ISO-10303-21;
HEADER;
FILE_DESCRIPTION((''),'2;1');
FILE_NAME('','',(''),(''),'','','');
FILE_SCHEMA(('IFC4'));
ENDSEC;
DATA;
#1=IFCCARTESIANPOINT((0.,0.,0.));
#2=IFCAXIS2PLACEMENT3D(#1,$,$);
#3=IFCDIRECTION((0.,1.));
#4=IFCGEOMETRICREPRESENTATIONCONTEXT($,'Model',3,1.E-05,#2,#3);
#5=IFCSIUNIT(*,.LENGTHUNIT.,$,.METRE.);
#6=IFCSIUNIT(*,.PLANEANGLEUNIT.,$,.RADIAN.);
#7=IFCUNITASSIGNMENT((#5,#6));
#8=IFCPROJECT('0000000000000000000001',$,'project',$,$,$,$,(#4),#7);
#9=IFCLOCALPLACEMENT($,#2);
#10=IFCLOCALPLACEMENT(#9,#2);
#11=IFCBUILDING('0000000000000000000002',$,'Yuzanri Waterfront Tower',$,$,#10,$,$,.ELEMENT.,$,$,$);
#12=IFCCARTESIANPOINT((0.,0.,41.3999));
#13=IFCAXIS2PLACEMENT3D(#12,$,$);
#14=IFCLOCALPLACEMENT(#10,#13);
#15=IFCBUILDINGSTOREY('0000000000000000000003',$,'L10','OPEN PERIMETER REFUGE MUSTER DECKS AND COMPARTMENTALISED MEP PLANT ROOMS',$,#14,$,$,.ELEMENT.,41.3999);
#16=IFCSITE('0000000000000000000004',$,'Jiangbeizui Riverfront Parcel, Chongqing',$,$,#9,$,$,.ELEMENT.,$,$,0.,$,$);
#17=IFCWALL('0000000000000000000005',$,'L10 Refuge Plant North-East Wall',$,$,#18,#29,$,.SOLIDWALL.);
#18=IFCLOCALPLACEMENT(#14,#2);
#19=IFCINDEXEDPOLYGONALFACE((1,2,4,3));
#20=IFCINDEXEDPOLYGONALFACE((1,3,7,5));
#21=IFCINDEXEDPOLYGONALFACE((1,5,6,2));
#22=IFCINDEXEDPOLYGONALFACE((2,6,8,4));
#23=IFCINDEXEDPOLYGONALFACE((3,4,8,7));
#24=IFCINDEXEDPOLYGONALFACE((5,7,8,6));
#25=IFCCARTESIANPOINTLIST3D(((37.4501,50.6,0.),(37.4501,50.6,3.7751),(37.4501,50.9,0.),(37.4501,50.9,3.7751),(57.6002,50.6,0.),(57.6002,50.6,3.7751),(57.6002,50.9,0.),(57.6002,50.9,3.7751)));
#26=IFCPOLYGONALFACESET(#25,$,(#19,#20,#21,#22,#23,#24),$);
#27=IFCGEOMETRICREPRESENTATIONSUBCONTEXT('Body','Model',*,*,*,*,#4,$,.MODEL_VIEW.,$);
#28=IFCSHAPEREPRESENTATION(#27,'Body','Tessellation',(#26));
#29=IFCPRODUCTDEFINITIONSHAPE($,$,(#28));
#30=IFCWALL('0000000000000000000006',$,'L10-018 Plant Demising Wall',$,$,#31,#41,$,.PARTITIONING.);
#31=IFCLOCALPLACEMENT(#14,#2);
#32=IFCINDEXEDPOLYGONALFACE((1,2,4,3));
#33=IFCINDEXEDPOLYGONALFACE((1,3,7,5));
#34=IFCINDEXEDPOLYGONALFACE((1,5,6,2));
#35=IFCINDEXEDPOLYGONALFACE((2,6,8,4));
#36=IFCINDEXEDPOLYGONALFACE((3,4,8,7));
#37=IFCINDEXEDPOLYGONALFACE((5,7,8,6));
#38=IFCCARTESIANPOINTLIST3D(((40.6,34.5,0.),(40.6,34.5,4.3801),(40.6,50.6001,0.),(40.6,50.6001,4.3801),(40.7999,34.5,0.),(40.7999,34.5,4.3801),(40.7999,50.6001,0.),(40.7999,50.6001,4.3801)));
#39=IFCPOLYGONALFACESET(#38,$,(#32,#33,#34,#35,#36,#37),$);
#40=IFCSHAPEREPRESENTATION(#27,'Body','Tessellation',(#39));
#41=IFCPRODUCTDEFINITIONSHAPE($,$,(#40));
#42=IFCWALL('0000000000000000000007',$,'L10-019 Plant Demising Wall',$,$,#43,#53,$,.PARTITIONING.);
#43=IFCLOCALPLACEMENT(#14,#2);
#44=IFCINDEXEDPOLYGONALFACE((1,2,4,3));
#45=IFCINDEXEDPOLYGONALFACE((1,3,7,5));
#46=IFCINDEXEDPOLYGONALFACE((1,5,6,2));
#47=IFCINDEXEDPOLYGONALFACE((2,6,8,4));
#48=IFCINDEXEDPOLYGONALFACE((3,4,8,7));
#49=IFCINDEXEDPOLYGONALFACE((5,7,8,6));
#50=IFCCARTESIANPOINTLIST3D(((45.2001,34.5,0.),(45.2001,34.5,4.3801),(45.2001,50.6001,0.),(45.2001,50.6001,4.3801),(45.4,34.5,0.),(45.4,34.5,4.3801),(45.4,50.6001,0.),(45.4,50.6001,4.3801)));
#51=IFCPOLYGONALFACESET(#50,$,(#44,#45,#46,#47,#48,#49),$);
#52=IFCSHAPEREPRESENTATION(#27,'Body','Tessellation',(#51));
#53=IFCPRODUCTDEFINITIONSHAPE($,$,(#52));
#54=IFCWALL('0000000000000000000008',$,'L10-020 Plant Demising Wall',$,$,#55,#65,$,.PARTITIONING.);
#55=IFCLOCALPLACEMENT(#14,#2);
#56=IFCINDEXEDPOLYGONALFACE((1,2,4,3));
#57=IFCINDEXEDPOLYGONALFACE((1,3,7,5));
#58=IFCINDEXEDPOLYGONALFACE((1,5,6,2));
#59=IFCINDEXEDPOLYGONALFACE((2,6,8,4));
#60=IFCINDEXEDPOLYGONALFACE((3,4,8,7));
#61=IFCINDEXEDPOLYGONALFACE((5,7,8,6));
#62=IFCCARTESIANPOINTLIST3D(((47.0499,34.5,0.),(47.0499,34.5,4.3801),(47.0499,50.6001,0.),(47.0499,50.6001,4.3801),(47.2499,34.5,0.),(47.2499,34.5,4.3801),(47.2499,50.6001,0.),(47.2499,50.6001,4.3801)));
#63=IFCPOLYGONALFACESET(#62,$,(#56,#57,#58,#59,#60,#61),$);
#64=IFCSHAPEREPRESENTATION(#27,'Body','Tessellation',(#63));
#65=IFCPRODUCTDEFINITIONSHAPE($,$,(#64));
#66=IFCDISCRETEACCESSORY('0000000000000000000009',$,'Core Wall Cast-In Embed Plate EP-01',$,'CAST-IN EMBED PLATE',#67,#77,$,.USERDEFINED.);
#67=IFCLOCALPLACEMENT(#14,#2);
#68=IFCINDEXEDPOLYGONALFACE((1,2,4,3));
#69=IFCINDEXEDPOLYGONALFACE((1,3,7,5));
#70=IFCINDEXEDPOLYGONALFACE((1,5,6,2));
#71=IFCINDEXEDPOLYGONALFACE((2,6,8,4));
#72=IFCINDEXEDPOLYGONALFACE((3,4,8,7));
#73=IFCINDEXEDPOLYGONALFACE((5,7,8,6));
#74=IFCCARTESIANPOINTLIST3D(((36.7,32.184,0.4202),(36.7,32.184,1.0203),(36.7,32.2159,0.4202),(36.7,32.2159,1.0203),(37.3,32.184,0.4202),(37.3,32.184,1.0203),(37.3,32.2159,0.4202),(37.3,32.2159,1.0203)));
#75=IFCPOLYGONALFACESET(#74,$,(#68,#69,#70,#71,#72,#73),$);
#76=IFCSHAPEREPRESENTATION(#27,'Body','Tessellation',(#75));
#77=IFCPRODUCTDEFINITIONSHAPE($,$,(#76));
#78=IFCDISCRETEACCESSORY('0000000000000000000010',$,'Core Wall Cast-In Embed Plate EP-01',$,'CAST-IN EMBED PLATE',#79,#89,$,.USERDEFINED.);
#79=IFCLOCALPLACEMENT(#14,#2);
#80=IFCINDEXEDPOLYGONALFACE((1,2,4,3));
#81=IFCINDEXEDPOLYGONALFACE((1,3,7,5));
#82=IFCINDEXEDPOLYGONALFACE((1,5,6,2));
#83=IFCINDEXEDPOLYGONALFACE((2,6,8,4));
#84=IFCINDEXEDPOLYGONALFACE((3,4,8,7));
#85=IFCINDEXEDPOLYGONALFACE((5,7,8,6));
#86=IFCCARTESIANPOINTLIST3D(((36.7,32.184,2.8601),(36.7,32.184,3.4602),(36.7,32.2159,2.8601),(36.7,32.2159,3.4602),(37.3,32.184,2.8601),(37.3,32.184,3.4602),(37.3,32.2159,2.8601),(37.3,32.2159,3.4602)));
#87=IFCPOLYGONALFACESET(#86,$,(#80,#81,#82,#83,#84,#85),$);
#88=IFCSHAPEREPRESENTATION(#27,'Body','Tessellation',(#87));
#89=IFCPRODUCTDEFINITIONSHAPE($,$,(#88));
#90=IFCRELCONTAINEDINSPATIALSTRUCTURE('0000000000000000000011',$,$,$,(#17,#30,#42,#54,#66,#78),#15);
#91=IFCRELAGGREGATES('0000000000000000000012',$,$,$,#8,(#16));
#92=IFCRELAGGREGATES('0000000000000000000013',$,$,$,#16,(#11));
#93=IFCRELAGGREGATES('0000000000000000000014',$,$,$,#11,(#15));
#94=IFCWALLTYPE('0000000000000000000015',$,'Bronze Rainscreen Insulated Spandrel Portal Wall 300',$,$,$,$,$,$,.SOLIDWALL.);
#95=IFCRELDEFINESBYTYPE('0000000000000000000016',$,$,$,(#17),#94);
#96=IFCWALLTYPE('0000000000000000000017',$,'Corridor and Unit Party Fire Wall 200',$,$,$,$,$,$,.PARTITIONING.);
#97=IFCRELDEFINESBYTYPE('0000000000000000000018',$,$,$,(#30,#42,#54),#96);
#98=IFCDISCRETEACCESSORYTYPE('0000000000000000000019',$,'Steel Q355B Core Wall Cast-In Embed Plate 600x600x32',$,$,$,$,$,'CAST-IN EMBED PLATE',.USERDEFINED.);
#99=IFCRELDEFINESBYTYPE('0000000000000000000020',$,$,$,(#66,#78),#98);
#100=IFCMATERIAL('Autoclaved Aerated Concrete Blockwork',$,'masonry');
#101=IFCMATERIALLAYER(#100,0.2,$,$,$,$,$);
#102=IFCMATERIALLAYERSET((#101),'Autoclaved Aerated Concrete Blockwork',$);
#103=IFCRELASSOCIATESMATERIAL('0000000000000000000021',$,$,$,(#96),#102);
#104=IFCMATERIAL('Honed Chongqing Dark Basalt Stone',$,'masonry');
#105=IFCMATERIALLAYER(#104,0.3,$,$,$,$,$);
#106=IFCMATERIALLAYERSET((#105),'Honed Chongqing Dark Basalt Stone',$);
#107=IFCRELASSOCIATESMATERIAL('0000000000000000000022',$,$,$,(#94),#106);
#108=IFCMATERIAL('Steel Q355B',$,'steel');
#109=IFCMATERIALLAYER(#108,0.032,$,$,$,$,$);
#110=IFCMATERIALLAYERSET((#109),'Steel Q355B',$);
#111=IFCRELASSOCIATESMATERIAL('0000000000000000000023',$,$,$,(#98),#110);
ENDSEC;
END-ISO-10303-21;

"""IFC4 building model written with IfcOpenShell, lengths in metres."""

from ifc_helpers import new_model, si_unit, direction, frame, frame_2d, origin, origin_2d, place, context, subcontext, project, spatial, rectangle, extrude, source, transform, mapped, material, layer, layer_set, type_object, element, save


model = new_model("IFC4")

# Units and contexts
model_context = context("Model", 3, precision=1e-05, world=origin(), true_north=direction((0.0, 1.0)))
body_context = subcontext(model_context, "Body", "Model", "MODEL_VIEW")
ifc_project = project(units=[si_unit("LENGTHUNIT", "METRE"), si_unit("PLANEANGLEUNIT", "RADIAN")], contexts=[model_context])

# Site, building, storey
site_placement = place(None, origin())
site = spatial("IfcSite", under=ifc_project, at=site_placement, Name="Jiangbeizui Riverfront Parcel, Chongqing", CompositionType="ELEMENT", RefElevation=0.0)
building_placement = place(site_placement, origin())
building = spatial("IfcBuilding", under=site, at=building_placement, Name="Yuzanri Waterfront Tower", CompositionType="ELEMENT")
storey_placement = place(building_placement, frame((0.0, 0.0, 41.3999)))
storey = spatial("IfcBuildingStorey", under=building, at=storey_placement, Name="L10", Description="OPEN PERIMETER REFUGE MUSTER DECKS AND COMPARTMENTALISED MEP PLANT ROOMS", CompositionType="ELEMENT", Elevation=41.3999)

# Shared definitions
ifc_material_1 = material(Name="Autoclaved Aerated Concrete Blockwork", Category="masonry")
ifc_layer_1 = layer(ifc_material_1, 0.2)
ifc_layer_set_1 = layer_set([ifc_layer_1], Name="Autoclaved Aerated Concrete Blockwork")
wall_type_1 = type_object("IfcWallType", Name="Corridor and Unit Party Fire Wall 200", PredefinedType="PARTITIONING", material=ifc_layer_set_1)

# Walls
ifc_material_2 = material(Name="Honed Chongqing Dark Basalt Stone", Category="masonry")
ifc_layer_2 = layer(ifc_material_2, 0.3)
ifc_layer_set_2 = layer_set([ifc_layer_2], Name="Honed Chongqing Dark Basalt Stone")
wall_type_2 = type_object("IfcWallType", Name="Bronze Rainscreen Insulated Spandrel Portal Wall 300", PredefinedType="SOLIDWALL", material=ifc_layer_set_2)
shared_shape_1 = source(origin(), body_context, "Body", "SweptSolid", [
    extrude(rectangle(XDim=20.1501, YDim=0.3, at=frame_2d((10.0752, 0.0))), origin(), (0.0, 0.0, 1.0), 3.7751),
])
wall_1_placement = place(storey_placement, frame((37.45, 50.75, 0.0), z_axis=(0.0, 0.0, 1.0), x_axis=(1.0, 0.0, 0.0)))
element("IfcWall", 1, at=wall_1_placement, inside=storey, type_object=wall_type_2, Name="L10 Refuge Plant North-East Wall", PredefinedType="SOLIDWALL", context=body_context, shape_type="MappedRepresentation", body=[
    mapped(shared_shape_1, transform((0.0, 0.0, 0.0), scale=1.0)),
])
shared_shape_2 = source(origin(), body_context, "Body", "SweptSolid", [
    extrude(rectangle(XDim=16.1001, YDim=0.2, at=frame_2d((8.05, 0.0))), origin(), (0.0, 0.0, 1.0), 4.3801),
])
for number, where, z_axis, x_axis, name in (
    (2, (40.7, 34.5, 0.0), (0.0, 0.0, 1.0), (0.0, 1.0, 0.0), "L10-018 Plant Demising Wall"),
    (3, (45.3, 34.5, 0.0), (0.0, 0.0, 1.0), (0.0, 1.0, 0.0), "L10-019 Plant Demising Wall"),
    (4, (47.1499, 34.5, 0.0), (0.0, 0.0, 1.0), (0.0, 1.0, 0.0), "L10-020 Plant Demising Wall"),
):
    element("IfcWall", number, at=place(storey_placement, frame(where, z_axis=z_axis, x_axis=x_axis)), inside=storey, type_object=wall_type_1, Name=name, PredefinedType="PARTITIONING", context=body_context, shape_type="MappedRepresentation", body=[
        mapped(shared_shape_2, transform((0.0, 0.0, 0.0), scale=1.0)),
    ])

# Discrete accessories
ifc_material_3 = material(Name="Steel Q355B", Category="steel")
ifc_layer_3 = layer(ifc_material_3, 0.032)
ifc_layer_set_3 = layer_set([ifc_layer_3], Name="Steel Q355B")
discrete_accessory_type = type_object("IfcDiscreteAccessoryType", Name="Steel Q355B Core Wall Cast-In Embed Plate 600x600x32", ElementType="CAST-IN EMBED PLATE", PredefinedType="USERDEFINED", material=ifc_layer_set_3)
shared_shape_3 = source(origin(), body_context, "Body", "SweptSolid", [
    extrude(rectangle(XDim=0.6001, YDim=0.032, at=origin_2d()), origin(), (0.0, 0.0, 1.0), 0.6001),
])
for number, where, z_axis, x_axis, name in (
    (5, (37.0, 32.2, 0.4202), (0.0, 0.0, 1.0), (1.0, 0.0, 0.0), "Core Wall Cast-In Embed Plate EP-01"),
    (6, (37.0, 32.2, 2.8601), (0.0, 0.0, 1.0), (1.0, 0.0, 0.0), "Core Wall Cast-In Embed Plate EP-01"),
):
    element("IfcDiscreteAccessory", number, at=place(storey_placement, frame(where, z_axis=z_axis, x_axis=x_axis)), inside=storey, type_object=discrete_accessory_type, Name=name, ObjectType="CAST-IN EMBED PLATE", PredefinedType="USERDEFINED", context=body_context, shape_type="MappedRepresentation", body=[
        mapped(shared_shape_3, transform((0.0, 0.0, 0.0), scale=1.0)),
    ])

save(model, "model.ifc")
